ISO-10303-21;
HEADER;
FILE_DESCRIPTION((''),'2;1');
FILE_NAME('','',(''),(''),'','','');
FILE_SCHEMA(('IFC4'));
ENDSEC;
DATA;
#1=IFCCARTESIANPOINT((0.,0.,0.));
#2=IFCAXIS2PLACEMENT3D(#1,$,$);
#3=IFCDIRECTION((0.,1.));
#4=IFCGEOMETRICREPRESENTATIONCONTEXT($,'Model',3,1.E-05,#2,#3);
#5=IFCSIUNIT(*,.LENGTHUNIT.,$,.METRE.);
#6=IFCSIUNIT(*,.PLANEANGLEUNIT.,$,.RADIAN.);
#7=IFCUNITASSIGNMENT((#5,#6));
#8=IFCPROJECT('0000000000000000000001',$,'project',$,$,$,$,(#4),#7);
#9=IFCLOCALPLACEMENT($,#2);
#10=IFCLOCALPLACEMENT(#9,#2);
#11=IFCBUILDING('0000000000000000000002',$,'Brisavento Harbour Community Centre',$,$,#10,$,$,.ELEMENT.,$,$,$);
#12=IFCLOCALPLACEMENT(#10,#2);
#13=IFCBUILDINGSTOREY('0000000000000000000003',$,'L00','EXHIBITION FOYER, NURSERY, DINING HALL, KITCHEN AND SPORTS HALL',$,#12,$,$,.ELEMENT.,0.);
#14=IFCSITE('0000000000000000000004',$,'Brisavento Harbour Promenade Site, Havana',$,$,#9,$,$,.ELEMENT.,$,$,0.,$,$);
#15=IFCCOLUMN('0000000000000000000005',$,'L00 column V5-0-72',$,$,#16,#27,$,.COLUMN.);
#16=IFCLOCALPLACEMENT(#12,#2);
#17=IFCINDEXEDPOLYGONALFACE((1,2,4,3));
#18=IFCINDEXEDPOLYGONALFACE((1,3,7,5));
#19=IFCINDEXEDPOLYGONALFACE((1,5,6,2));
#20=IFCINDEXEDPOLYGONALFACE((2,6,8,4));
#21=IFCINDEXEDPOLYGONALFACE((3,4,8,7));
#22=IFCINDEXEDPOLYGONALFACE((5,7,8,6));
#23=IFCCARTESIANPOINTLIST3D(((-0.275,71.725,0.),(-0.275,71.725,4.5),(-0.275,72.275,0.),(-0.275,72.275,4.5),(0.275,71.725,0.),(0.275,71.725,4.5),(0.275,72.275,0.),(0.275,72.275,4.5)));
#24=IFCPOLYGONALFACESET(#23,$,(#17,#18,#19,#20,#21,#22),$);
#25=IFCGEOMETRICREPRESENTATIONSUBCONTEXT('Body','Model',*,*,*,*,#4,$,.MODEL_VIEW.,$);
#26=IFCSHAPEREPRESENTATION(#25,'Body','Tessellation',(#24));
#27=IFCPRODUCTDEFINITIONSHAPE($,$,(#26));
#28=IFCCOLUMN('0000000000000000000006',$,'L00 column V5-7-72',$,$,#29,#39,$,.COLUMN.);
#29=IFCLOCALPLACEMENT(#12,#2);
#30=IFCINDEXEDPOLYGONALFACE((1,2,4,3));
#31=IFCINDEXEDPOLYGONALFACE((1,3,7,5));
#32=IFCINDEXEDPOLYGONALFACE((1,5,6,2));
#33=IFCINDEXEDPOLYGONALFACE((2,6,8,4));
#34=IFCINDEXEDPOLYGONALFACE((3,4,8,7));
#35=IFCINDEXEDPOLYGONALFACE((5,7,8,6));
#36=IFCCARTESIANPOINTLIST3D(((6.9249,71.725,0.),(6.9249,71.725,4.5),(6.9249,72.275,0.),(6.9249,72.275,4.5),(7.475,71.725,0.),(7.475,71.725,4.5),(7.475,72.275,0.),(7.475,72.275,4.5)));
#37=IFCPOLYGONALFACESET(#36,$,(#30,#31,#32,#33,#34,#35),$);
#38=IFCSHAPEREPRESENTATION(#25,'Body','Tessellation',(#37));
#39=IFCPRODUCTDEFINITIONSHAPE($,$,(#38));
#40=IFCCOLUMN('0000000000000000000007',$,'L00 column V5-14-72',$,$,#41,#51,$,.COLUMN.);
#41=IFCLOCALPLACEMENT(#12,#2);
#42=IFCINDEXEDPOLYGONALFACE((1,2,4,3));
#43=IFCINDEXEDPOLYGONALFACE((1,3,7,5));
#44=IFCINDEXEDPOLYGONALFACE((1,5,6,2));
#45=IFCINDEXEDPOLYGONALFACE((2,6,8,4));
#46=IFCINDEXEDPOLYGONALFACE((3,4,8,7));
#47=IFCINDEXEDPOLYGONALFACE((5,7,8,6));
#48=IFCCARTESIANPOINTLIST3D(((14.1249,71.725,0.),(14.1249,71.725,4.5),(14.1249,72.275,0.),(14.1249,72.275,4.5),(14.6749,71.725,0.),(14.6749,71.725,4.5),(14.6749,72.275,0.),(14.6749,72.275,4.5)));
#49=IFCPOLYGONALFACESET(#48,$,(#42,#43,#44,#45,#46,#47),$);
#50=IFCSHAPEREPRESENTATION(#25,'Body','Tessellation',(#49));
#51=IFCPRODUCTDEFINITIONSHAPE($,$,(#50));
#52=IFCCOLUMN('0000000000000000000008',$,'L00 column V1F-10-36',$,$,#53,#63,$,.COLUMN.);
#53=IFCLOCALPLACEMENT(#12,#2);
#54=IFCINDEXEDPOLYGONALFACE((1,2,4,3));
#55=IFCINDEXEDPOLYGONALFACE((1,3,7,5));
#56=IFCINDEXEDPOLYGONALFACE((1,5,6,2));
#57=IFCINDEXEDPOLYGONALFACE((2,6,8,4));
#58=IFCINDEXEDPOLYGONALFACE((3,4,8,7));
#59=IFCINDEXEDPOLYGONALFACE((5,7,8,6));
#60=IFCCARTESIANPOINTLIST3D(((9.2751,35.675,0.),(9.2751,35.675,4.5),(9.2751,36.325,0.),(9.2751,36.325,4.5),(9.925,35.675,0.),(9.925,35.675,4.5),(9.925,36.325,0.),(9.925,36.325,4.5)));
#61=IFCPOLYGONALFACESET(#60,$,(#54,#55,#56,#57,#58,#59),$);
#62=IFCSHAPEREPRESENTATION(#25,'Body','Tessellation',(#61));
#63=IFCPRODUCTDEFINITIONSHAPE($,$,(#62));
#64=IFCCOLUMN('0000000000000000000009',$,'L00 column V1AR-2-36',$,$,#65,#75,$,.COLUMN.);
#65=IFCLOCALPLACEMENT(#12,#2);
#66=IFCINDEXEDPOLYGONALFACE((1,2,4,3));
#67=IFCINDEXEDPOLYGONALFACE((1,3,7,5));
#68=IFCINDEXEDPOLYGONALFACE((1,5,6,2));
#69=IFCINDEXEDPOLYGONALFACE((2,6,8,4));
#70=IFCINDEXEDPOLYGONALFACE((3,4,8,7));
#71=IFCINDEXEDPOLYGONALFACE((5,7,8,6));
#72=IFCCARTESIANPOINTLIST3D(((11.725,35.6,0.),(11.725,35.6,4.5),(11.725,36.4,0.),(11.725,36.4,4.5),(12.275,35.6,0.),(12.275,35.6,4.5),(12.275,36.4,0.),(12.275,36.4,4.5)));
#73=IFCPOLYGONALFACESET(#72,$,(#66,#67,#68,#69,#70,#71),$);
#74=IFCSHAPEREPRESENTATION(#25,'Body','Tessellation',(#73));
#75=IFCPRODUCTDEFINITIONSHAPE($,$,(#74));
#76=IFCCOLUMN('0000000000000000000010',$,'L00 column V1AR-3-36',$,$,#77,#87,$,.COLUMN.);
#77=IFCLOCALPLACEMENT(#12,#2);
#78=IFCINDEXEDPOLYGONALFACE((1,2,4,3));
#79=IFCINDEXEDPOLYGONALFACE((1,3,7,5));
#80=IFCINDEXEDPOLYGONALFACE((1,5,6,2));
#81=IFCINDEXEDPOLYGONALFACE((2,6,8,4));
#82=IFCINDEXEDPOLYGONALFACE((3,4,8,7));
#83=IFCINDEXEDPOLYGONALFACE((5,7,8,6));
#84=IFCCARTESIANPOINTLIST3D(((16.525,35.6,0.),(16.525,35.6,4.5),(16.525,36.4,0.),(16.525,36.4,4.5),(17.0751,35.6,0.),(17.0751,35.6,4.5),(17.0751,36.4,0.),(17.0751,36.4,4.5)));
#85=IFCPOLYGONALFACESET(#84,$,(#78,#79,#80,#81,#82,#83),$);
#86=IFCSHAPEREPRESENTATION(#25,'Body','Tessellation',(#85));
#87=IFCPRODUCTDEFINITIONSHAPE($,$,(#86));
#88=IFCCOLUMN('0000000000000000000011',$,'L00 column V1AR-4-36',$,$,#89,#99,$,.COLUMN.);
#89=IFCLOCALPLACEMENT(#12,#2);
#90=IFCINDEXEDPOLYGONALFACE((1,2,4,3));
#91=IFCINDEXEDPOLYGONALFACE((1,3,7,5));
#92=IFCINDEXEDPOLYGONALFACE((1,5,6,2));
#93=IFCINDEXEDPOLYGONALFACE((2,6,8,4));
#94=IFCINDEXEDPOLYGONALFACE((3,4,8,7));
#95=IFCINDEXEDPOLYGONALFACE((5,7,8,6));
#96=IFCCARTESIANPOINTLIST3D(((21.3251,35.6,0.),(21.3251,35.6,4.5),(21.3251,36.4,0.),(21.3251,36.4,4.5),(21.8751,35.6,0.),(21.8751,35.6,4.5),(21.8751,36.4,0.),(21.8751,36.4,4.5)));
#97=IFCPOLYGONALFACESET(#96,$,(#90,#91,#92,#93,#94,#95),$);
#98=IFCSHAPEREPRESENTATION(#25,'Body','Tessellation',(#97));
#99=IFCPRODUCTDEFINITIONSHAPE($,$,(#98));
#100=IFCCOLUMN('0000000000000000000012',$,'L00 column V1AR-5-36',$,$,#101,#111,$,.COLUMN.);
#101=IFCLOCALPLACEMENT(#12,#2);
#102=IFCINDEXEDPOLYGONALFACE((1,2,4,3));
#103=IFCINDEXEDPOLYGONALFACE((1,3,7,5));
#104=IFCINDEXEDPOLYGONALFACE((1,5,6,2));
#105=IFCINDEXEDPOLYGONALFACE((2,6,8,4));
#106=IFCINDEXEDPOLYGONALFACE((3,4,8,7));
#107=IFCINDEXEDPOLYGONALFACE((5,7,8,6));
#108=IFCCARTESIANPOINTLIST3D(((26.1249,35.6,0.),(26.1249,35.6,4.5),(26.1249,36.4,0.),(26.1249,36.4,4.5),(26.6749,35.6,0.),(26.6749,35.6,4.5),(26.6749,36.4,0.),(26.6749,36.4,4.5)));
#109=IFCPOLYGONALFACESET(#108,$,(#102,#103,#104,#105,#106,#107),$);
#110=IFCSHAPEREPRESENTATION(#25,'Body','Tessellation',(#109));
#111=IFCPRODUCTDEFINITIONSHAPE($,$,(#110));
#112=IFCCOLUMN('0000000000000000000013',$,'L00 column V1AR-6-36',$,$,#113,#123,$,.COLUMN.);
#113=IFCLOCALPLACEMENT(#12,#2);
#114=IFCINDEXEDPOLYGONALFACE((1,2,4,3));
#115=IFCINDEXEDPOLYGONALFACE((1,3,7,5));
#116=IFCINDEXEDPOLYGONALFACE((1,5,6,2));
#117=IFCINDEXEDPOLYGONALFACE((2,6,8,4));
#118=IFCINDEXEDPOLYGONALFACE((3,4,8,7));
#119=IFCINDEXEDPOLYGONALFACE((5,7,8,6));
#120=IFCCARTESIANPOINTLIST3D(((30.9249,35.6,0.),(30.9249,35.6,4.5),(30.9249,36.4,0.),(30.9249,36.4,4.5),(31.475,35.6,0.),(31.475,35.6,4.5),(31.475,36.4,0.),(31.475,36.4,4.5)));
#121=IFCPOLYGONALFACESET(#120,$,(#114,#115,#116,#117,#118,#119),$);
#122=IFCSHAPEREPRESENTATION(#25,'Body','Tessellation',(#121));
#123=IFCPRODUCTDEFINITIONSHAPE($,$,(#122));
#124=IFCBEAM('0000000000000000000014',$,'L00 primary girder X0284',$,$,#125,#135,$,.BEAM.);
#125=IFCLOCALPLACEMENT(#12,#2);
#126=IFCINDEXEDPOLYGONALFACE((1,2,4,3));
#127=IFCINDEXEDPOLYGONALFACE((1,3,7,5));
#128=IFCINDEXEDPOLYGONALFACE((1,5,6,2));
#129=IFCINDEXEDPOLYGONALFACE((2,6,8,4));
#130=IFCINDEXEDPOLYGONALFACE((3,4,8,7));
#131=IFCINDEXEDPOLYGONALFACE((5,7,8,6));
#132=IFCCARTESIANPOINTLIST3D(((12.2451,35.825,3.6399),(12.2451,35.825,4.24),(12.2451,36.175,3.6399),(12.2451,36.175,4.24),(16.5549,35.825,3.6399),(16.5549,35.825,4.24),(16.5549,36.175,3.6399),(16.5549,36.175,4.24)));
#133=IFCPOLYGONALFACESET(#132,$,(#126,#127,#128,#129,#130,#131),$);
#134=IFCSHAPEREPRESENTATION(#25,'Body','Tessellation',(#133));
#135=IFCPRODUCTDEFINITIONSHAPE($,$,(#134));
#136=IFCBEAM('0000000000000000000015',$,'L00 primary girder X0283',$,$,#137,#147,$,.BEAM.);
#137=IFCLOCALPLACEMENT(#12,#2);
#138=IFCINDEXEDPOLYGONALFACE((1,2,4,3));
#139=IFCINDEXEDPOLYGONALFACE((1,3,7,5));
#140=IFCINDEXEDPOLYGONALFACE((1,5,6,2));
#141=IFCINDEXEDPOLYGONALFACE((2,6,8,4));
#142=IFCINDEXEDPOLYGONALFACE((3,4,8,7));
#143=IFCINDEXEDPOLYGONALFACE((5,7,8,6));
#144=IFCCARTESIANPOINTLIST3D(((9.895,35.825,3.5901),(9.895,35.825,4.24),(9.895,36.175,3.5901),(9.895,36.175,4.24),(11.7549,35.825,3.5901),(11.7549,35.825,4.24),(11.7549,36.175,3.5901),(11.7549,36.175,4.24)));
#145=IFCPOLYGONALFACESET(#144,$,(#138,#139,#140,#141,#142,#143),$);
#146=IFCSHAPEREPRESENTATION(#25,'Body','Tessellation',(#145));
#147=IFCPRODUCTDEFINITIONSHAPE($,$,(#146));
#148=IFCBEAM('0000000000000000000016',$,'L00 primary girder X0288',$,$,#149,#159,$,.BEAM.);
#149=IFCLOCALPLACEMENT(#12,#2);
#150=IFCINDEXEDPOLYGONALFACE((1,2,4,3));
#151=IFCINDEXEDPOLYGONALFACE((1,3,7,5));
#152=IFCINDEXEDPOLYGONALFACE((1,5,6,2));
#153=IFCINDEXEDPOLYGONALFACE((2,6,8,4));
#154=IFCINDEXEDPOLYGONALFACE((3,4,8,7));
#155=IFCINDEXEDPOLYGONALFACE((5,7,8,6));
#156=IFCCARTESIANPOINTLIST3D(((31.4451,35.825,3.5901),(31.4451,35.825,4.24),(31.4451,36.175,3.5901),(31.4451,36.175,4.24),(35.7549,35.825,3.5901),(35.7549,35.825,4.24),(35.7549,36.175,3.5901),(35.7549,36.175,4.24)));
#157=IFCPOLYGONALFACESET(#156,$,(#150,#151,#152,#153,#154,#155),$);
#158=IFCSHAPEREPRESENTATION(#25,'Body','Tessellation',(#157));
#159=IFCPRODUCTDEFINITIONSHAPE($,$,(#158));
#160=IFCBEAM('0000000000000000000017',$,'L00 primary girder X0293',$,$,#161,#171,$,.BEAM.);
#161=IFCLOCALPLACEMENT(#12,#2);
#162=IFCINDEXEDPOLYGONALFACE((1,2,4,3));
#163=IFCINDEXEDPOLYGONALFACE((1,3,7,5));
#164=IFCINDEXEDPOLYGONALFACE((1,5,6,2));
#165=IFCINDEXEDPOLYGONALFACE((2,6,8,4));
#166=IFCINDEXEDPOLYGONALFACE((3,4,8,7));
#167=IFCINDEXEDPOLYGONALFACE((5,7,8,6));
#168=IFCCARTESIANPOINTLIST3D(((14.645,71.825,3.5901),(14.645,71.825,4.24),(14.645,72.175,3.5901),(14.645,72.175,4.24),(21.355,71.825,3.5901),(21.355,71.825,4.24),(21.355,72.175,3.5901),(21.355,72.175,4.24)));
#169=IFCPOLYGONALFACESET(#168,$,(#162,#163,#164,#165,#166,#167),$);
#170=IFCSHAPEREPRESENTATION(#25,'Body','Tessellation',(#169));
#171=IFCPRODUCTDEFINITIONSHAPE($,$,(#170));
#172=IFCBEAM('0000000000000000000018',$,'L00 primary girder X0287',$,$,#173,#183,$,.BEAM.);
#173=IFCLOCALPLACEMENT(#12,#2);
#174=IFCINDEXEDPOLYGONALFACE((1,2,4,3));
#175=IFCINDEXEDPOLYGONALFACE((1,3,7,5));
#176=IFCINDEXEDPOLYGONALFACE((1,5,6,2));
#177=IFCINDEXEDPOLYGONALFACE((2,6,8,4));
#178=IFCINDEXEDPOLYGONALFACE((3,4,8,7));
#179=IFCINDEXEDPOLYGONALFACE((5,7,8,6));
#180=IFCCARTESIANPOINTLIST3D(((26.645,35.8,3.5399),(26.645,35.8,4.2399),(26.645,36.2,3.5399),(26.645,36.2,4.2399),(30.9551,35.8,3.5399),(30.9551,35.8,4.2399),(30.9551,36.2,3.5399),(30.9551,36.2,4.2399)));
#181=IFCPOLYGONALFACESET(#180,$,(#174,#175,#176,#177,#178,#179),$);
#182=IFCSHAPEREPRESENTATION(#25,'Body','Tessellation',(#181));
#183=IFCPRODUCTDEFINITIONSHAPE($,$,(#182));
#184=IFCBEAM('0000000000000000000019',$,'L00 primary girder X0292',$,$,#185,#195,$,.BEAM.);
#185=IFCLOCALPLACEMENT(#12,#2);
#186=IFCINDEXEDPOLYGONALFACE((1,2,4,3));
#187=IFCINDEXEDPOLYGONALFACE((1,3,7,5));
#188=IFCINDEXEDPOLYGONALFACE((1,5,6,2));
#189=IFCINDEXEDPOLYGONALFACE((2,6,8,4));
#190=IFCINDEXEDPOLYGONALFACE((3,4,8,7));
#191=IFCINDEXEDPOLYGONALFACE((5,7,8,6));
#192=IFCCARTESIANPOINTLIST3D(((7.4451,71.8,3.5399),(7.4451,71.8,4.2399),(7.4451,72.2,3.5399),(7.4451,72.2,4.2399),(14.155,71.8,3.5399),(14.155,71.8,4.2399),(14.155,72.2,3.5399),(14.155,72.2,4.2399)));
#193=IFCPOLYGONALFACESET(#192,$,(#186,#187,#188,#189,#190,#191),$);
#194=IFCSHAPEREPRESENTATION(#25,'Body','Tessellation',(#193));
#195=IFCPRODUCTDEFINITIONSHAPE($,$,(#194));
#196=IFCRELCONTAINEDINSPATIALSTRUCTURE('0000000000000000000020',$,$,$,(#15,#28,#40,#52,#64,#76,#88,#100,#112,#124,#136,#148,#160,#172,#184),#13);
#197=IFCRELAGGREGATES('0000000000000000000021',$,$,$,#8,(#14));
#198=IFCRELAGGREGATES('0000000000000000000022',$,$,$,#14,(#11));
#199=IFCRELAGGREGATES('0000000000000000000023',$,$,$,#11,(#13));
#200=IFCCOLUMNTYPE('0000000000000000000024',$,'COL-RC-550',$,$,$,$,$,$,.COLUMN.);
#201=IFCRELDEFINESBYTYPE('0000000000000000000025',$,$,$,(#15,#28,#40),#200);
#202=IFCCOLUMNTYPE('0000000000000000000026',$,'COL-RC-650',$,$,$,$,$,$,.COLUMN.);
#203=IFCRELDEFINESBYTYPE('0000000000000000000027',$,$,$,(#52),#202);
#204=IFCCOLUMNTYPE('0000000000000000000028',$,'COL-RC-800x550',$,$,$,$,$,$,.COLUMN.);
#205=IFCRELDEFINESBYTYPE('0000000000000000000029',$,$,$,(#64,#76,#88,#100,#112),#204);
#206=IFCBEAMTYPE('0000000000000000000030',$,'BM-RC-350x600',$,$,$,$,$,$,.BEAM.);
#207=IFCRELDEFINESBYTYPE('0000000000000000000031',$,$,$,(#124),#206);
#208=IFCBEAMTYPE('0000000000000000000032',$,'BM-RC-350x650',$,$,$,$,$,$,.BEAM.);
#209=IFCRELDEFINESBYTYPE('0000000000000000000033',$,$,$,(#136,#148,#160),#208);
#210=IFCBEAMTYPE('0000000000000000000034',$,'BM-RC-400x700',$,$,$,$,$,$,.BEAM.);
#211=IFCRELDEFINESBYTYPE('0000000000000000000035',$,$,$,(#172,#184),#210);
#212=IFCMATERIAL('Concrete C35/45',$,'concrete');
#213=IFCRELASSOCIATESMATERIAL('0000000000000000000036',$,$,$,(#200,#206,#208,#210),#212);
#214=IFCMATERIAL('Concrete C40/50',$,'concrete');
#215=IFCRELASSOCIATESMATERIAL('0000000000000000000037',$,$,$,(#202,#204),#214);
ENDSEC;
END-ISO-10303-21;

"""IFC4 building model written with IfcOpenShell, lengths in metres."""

from ifc_helpers import new_model, si_unit, direction, frame, origin, origin_2d, place, context, subcontext, project, spatial, rectangle, extrude, material, material_profile, profile_set, type_object, element, save


model = new_model("IFC4")

# Units and contexts
model_context = context("Model", 3, precision=1e-05, world=origin(), true_north=direction((0.0, 1.0)))
body_context = subcontext(model_context, "Body", "Model", "MODEL_VIEW")
ifc_project = project(units=[si_unit("LENGTHUNIT", "METRE"), si_unit("PLANEANGLEUNIT", "RADIAN")], contexts=[model_context])

# Site, building, storey
site_placement = place(None, origin())
site = spatial("IfcSite", under=ifc_project, at=site_placement, Name="Brisavento Harbour Promenade Site, Havana", CompositionType="ELEMENT", RefElevation=0.0)
building_placement = place(site_placement, origin())
building = spatial("IfcBuilding", under=site, at=building_placement, Name="Brisavento Harbour Community Centre", CompositionType="ELEMENT")
storey_placement = place(building_placement, origin())
storey = spatial("IfcBuildingStorey", under=building, at=storey_placement, Name="L00", Description="EXHIBITION FOYER, NURSERY, DINING HALL, KITCHEN AND SPORTS HALL", CompositionType="ELEMENT", Elevation=0.0)

# Columns
ifc_material_1 = material(Name="Concrete C35/45", Category="concrete")
ifc_material_profile_1 = material_profile(ifc_material_1, rectangle(XDim=0.55, YDim=0.55, at=origin_2d()), Name="Concrete C35/45")
ifc_profile_set_1 = profile_set([ifc_material_profile_1], Name="Concrete C35/45")
column_type_1 = type_object("IfcColumnType", Name="COL-RC-550", PredefinedType="COLUMN", material=ifc_profile_set_1)
for number, where, z_axis, x_axis, name in (
    (1, (0.0, 72.0, 0.0), (0.0, 0.0, 1.0), (1.0, 0.0, 0.0), "L00 column V5-0-72"),
    (2, (7.2, 72.0, 0.0), (0.0, 0.0, 1.0), (1.0, 0.0, 0.0), "L00 column V5-7-72"),
    (3, (14.3999, 72.0, 0.0), (0.0, 0.0, 1.0), (1.0, 0.0, 0.0), "L00 column V5-14-72"),
):
    element("IfcColumn", number, at=place(storey_placement, frame(where, z_axis=z_axis, x_axis=x_axis)), inside=storey, type_object=column_type_1, Name=name, PredefinedType="COLUMN", context=body_context, shape_type="SweptSolid", body=[
        extrude(rectangle(XDim=0.55, YDim=0.55, at=origin_2d()), origin(), (0.0, 0.0, 1.0), 4.5),
    ])
ifc_material_2 = material(Name="Concrete C40/50", Category="concrete")
ifc_material_profile_2 = material_profile(ifc_material_2, rectangle(XDim=0.6499, YDim=0.6499, at=origin_2d()), Name="Concrete C40/50")
ifc_profile_set_2 = profile_set([ifc_material_profile_2], Name="Concrete C40/50")
column_type_2 = type_object("IfcColumnType", Name="COL-RC-650", PredefinedType="COLUMN", material=ifc_profile_set_2)
column_placement = place(storey_placement, frame((9.6001, 36.0, 0.0), z_axis=(0.0, 0.0, 1.0), x_axis=(1.0, 0.0, 0.0)))
element("IfcColumn", 4, at=column_placement, inside=storey, type_object=column_type_2, Name="L00 column V1F-10-36", PredefinedType="COLUMN", context=body_context, shape_type="SweptSolid", body=[
    extrude(rectangle(XDim=0.6499, YDim=0.6499, at=origin_2d()), origin(), (0.0, 0.0, 1.0), 4.5),
])
ifc_material_profile_3 = material_profile(ifc_material_2, rectangle(XDim=0.55, YDim=0.8, at=origin_2d()), Name="Concrete C40/50")
ifc_profile_set_3 = profile_set([ifc_material_profile_3], Name="Concrete C40/50")
column_type_3 = type_object("IfcColumnType", Name="COL-RC-800x550", PredefinedType="COLUMN", material=ifc_profile_set_3)
for number, where, z_axis, x_axis, name in (
    (5, (12.0, 36.0, 0.0), (0.0, 0.0, 1.0), (1.0, 0.0, 0.0), "L00 column V1AR-2-36"),
    (6, (16.8, 36.0, 0.0), (0.0, 0.0, 1.0), (1.0, 0.0, 0.0), "L00 column V1AR-3-36"),
    (7, (21.6001, 36.0, 0.0), (0.0, 0.0, 1.0), (1.0, 0.0, 0.0), "L00 column V1AR-4-36"),
    (8, (26.3999, 36.0, 0.0), (0.0, 0.0, 1.0), (1.0, 0.0, 0.0), "L00 column V1AR-5-36"),
    (9, (31.2, 36.0, 0.0), (0.0, 0.0, 1.0), (1.0, 0.0, 0.0), "L00 column V1AR-6-36"),
):
    element("IfcColumn", number, at=place(storey_placement, frame(where, z_axis=z_axis, x_axis=x_axis)), inside=storey, type_object=column_type_3, Name=name, PredefinedType="COLUMN", context=body_context, shape_type="SweptSolid", body=[
        extrude(rectangle(XDim=0.55, YDim=0.8, at=origin_2d()), origin(), (0.0, 0.0, 1.0), 4.5),
    ])

# Beams
ifc_material_profile_4 = material_profile(ifc_material_1, rectangle(XDim=0.3501, YDim=0.6001, at=origin_2d()), Name="Concrete C35/45")
ifc_profile_set_4 = profile_set([ifc_material_profile_4], Name="Concrete C35/45")
beam_type_1 = type_object("IfcBeamType", Name="BM-RC-350x600", PredefinedType="BEAM", material=ifc_profile_set_4)
beam_1_placement = place(storey_placement, frame((12.2451, 36.0, 3.9399), z_axis=(1.0, 0.0, 0.0), x_axis=(0.0, 1.0, 0.0)))
element("IfcBeam", 10, at=beam_1_placement, inside=storey, type_object=beam_type_1, Name="L00 primary girder X0284", PredefinedType="BEAM", context=body_context, shape_type="SweptSolid", body=[
    extrude(rectangle(XDim=0.3501, YDim=0.6001, at=origin_2d()), origin(), (0.0, 0.0, 1.0), 4.3098),
])
ifc_material_profile_5 = material_profile(ifc_material_1, rectangle(XDim=0.3501, YDim=0.6499, at=origin_2d()), Name="Concrete C35/45")
ifc_profile_set_5 = profile_set([ifc_material_profile_5], Name="Concrete C35/45")
beam_type_2 = type_object("IfcBeamType", Name="BM-RC-350x650", PredefinedType="BEAM", material=ifc_profile_set_5)
beam_2_placement = place(storey_placement, frame((9.895, 36.0, 3.915), z_axis=(1.0, 0.0, 0.0), x_axis=(0.0, 1.0, 0.0)))
element("IfcBeam", 11, at=beam_2_placement, inside=storey, type_object=beam_type_2, Name="L00 primary girder X0283", PredefinedType="BEAM", context=body_context, shape_type="SweptSolid", body=[
    extrude(rectangle(XDim=0.3501, YDim=0.6499, at=origin_2d()), origin(), (0.0, 0.0, 1.0), 1.8599),
])
beam_3_placement = place(storey_placement, frame((31.4451, 36.0, 3.915), z_axis=(1.0, 0.0, 0.0), x_axis=(0.0, 1.0, 0.0)))
element("IfcBeam", 12, at=beam_3_placement, inside=storey, type_object=beam_type_2, Name="L00 primary girder X0288", PredefinedType="BEAM", context=body_context, shape_type="SweptSolid", body=[
    extrude(rectangle(XDim=0.3501, YDim=0.6499, at=origin_2d()), origin(), (0.0, 0.0, 1.0), 4.3098),
])
beam_4_placement = place(storey_placement, frame((14.645, 72.0, 3.915), z_axis=(1.0, 0.0, 0.0), x_axis=(0.0, 1.0, 0.0)))
element("IfcBeam", 13, at=beam_4_placement, inside=storey, type_object=beam_type_2, Name="L00 primary girder X0293", PredefinedType="BEAM", context=body_context, shape_type="SweptSolid", body=[
    extrude(rectangle(XDim=0.3501, YDim=0.6499, at=origin_2d()), origin(), (0.0, 0.0, 1.0), 6.71),
])
ifc_material_profile_6 = material_profile(ifc_material_1, rectangle(XDim=0.3999, YDim=0.7, at=origin_2d()), Name="Concrete C35/45")
ifc_profile_set_6 = profile_set([ifc_material_profile_6], Name="Concrete C35/45")
beam_type_3 = type_object("IfcBeamType", Name="BM-RC-400x700", PredefinedType="BEAM", material=ifc_profile_set_6)
beam_5_placement = place(storey_placement, frame((26.645, 36.0, 3.8899), z_axis=(1.0, 0.0, 0.0), x_axis=(0.0, 1.0, 0.0)))
element("IfcBeam", 14, at=beam_5_placement, inside=storey, type_object=beam_type_3, Name="L00 primary girder X0287", PredefinedType="BEAM", context=body_context, shape_type="SweptSolid", body=[
    extrude(rectangle(XDim=0.3999, YDim=0.7, at=origin_2d()), origin(), (0.0, 0.0, 1.0), 4.3101),
])
beam_6_placement = place(storey_placement, frame((7.4451, 72.0, 3.8899), z_axis=(1.0, 0.0, 0.0), x_axis=(0.0, 1.0, 0.0)))
element("IfcBeam", 15, at=beam_6_placement, inside=storey, type_object=beam_type_3, Name="L00 primary girder X0292", PredefinedType="BEAM", context=body_context, shape_type="SweptSolid", body=[
    extrude(rectangle(XDim=0.3999, YDim=0.7, at=origin_2d()), origin(), (0.0, 0.0, 1.0), 6.71),
])

save(model, "model.ifc")
